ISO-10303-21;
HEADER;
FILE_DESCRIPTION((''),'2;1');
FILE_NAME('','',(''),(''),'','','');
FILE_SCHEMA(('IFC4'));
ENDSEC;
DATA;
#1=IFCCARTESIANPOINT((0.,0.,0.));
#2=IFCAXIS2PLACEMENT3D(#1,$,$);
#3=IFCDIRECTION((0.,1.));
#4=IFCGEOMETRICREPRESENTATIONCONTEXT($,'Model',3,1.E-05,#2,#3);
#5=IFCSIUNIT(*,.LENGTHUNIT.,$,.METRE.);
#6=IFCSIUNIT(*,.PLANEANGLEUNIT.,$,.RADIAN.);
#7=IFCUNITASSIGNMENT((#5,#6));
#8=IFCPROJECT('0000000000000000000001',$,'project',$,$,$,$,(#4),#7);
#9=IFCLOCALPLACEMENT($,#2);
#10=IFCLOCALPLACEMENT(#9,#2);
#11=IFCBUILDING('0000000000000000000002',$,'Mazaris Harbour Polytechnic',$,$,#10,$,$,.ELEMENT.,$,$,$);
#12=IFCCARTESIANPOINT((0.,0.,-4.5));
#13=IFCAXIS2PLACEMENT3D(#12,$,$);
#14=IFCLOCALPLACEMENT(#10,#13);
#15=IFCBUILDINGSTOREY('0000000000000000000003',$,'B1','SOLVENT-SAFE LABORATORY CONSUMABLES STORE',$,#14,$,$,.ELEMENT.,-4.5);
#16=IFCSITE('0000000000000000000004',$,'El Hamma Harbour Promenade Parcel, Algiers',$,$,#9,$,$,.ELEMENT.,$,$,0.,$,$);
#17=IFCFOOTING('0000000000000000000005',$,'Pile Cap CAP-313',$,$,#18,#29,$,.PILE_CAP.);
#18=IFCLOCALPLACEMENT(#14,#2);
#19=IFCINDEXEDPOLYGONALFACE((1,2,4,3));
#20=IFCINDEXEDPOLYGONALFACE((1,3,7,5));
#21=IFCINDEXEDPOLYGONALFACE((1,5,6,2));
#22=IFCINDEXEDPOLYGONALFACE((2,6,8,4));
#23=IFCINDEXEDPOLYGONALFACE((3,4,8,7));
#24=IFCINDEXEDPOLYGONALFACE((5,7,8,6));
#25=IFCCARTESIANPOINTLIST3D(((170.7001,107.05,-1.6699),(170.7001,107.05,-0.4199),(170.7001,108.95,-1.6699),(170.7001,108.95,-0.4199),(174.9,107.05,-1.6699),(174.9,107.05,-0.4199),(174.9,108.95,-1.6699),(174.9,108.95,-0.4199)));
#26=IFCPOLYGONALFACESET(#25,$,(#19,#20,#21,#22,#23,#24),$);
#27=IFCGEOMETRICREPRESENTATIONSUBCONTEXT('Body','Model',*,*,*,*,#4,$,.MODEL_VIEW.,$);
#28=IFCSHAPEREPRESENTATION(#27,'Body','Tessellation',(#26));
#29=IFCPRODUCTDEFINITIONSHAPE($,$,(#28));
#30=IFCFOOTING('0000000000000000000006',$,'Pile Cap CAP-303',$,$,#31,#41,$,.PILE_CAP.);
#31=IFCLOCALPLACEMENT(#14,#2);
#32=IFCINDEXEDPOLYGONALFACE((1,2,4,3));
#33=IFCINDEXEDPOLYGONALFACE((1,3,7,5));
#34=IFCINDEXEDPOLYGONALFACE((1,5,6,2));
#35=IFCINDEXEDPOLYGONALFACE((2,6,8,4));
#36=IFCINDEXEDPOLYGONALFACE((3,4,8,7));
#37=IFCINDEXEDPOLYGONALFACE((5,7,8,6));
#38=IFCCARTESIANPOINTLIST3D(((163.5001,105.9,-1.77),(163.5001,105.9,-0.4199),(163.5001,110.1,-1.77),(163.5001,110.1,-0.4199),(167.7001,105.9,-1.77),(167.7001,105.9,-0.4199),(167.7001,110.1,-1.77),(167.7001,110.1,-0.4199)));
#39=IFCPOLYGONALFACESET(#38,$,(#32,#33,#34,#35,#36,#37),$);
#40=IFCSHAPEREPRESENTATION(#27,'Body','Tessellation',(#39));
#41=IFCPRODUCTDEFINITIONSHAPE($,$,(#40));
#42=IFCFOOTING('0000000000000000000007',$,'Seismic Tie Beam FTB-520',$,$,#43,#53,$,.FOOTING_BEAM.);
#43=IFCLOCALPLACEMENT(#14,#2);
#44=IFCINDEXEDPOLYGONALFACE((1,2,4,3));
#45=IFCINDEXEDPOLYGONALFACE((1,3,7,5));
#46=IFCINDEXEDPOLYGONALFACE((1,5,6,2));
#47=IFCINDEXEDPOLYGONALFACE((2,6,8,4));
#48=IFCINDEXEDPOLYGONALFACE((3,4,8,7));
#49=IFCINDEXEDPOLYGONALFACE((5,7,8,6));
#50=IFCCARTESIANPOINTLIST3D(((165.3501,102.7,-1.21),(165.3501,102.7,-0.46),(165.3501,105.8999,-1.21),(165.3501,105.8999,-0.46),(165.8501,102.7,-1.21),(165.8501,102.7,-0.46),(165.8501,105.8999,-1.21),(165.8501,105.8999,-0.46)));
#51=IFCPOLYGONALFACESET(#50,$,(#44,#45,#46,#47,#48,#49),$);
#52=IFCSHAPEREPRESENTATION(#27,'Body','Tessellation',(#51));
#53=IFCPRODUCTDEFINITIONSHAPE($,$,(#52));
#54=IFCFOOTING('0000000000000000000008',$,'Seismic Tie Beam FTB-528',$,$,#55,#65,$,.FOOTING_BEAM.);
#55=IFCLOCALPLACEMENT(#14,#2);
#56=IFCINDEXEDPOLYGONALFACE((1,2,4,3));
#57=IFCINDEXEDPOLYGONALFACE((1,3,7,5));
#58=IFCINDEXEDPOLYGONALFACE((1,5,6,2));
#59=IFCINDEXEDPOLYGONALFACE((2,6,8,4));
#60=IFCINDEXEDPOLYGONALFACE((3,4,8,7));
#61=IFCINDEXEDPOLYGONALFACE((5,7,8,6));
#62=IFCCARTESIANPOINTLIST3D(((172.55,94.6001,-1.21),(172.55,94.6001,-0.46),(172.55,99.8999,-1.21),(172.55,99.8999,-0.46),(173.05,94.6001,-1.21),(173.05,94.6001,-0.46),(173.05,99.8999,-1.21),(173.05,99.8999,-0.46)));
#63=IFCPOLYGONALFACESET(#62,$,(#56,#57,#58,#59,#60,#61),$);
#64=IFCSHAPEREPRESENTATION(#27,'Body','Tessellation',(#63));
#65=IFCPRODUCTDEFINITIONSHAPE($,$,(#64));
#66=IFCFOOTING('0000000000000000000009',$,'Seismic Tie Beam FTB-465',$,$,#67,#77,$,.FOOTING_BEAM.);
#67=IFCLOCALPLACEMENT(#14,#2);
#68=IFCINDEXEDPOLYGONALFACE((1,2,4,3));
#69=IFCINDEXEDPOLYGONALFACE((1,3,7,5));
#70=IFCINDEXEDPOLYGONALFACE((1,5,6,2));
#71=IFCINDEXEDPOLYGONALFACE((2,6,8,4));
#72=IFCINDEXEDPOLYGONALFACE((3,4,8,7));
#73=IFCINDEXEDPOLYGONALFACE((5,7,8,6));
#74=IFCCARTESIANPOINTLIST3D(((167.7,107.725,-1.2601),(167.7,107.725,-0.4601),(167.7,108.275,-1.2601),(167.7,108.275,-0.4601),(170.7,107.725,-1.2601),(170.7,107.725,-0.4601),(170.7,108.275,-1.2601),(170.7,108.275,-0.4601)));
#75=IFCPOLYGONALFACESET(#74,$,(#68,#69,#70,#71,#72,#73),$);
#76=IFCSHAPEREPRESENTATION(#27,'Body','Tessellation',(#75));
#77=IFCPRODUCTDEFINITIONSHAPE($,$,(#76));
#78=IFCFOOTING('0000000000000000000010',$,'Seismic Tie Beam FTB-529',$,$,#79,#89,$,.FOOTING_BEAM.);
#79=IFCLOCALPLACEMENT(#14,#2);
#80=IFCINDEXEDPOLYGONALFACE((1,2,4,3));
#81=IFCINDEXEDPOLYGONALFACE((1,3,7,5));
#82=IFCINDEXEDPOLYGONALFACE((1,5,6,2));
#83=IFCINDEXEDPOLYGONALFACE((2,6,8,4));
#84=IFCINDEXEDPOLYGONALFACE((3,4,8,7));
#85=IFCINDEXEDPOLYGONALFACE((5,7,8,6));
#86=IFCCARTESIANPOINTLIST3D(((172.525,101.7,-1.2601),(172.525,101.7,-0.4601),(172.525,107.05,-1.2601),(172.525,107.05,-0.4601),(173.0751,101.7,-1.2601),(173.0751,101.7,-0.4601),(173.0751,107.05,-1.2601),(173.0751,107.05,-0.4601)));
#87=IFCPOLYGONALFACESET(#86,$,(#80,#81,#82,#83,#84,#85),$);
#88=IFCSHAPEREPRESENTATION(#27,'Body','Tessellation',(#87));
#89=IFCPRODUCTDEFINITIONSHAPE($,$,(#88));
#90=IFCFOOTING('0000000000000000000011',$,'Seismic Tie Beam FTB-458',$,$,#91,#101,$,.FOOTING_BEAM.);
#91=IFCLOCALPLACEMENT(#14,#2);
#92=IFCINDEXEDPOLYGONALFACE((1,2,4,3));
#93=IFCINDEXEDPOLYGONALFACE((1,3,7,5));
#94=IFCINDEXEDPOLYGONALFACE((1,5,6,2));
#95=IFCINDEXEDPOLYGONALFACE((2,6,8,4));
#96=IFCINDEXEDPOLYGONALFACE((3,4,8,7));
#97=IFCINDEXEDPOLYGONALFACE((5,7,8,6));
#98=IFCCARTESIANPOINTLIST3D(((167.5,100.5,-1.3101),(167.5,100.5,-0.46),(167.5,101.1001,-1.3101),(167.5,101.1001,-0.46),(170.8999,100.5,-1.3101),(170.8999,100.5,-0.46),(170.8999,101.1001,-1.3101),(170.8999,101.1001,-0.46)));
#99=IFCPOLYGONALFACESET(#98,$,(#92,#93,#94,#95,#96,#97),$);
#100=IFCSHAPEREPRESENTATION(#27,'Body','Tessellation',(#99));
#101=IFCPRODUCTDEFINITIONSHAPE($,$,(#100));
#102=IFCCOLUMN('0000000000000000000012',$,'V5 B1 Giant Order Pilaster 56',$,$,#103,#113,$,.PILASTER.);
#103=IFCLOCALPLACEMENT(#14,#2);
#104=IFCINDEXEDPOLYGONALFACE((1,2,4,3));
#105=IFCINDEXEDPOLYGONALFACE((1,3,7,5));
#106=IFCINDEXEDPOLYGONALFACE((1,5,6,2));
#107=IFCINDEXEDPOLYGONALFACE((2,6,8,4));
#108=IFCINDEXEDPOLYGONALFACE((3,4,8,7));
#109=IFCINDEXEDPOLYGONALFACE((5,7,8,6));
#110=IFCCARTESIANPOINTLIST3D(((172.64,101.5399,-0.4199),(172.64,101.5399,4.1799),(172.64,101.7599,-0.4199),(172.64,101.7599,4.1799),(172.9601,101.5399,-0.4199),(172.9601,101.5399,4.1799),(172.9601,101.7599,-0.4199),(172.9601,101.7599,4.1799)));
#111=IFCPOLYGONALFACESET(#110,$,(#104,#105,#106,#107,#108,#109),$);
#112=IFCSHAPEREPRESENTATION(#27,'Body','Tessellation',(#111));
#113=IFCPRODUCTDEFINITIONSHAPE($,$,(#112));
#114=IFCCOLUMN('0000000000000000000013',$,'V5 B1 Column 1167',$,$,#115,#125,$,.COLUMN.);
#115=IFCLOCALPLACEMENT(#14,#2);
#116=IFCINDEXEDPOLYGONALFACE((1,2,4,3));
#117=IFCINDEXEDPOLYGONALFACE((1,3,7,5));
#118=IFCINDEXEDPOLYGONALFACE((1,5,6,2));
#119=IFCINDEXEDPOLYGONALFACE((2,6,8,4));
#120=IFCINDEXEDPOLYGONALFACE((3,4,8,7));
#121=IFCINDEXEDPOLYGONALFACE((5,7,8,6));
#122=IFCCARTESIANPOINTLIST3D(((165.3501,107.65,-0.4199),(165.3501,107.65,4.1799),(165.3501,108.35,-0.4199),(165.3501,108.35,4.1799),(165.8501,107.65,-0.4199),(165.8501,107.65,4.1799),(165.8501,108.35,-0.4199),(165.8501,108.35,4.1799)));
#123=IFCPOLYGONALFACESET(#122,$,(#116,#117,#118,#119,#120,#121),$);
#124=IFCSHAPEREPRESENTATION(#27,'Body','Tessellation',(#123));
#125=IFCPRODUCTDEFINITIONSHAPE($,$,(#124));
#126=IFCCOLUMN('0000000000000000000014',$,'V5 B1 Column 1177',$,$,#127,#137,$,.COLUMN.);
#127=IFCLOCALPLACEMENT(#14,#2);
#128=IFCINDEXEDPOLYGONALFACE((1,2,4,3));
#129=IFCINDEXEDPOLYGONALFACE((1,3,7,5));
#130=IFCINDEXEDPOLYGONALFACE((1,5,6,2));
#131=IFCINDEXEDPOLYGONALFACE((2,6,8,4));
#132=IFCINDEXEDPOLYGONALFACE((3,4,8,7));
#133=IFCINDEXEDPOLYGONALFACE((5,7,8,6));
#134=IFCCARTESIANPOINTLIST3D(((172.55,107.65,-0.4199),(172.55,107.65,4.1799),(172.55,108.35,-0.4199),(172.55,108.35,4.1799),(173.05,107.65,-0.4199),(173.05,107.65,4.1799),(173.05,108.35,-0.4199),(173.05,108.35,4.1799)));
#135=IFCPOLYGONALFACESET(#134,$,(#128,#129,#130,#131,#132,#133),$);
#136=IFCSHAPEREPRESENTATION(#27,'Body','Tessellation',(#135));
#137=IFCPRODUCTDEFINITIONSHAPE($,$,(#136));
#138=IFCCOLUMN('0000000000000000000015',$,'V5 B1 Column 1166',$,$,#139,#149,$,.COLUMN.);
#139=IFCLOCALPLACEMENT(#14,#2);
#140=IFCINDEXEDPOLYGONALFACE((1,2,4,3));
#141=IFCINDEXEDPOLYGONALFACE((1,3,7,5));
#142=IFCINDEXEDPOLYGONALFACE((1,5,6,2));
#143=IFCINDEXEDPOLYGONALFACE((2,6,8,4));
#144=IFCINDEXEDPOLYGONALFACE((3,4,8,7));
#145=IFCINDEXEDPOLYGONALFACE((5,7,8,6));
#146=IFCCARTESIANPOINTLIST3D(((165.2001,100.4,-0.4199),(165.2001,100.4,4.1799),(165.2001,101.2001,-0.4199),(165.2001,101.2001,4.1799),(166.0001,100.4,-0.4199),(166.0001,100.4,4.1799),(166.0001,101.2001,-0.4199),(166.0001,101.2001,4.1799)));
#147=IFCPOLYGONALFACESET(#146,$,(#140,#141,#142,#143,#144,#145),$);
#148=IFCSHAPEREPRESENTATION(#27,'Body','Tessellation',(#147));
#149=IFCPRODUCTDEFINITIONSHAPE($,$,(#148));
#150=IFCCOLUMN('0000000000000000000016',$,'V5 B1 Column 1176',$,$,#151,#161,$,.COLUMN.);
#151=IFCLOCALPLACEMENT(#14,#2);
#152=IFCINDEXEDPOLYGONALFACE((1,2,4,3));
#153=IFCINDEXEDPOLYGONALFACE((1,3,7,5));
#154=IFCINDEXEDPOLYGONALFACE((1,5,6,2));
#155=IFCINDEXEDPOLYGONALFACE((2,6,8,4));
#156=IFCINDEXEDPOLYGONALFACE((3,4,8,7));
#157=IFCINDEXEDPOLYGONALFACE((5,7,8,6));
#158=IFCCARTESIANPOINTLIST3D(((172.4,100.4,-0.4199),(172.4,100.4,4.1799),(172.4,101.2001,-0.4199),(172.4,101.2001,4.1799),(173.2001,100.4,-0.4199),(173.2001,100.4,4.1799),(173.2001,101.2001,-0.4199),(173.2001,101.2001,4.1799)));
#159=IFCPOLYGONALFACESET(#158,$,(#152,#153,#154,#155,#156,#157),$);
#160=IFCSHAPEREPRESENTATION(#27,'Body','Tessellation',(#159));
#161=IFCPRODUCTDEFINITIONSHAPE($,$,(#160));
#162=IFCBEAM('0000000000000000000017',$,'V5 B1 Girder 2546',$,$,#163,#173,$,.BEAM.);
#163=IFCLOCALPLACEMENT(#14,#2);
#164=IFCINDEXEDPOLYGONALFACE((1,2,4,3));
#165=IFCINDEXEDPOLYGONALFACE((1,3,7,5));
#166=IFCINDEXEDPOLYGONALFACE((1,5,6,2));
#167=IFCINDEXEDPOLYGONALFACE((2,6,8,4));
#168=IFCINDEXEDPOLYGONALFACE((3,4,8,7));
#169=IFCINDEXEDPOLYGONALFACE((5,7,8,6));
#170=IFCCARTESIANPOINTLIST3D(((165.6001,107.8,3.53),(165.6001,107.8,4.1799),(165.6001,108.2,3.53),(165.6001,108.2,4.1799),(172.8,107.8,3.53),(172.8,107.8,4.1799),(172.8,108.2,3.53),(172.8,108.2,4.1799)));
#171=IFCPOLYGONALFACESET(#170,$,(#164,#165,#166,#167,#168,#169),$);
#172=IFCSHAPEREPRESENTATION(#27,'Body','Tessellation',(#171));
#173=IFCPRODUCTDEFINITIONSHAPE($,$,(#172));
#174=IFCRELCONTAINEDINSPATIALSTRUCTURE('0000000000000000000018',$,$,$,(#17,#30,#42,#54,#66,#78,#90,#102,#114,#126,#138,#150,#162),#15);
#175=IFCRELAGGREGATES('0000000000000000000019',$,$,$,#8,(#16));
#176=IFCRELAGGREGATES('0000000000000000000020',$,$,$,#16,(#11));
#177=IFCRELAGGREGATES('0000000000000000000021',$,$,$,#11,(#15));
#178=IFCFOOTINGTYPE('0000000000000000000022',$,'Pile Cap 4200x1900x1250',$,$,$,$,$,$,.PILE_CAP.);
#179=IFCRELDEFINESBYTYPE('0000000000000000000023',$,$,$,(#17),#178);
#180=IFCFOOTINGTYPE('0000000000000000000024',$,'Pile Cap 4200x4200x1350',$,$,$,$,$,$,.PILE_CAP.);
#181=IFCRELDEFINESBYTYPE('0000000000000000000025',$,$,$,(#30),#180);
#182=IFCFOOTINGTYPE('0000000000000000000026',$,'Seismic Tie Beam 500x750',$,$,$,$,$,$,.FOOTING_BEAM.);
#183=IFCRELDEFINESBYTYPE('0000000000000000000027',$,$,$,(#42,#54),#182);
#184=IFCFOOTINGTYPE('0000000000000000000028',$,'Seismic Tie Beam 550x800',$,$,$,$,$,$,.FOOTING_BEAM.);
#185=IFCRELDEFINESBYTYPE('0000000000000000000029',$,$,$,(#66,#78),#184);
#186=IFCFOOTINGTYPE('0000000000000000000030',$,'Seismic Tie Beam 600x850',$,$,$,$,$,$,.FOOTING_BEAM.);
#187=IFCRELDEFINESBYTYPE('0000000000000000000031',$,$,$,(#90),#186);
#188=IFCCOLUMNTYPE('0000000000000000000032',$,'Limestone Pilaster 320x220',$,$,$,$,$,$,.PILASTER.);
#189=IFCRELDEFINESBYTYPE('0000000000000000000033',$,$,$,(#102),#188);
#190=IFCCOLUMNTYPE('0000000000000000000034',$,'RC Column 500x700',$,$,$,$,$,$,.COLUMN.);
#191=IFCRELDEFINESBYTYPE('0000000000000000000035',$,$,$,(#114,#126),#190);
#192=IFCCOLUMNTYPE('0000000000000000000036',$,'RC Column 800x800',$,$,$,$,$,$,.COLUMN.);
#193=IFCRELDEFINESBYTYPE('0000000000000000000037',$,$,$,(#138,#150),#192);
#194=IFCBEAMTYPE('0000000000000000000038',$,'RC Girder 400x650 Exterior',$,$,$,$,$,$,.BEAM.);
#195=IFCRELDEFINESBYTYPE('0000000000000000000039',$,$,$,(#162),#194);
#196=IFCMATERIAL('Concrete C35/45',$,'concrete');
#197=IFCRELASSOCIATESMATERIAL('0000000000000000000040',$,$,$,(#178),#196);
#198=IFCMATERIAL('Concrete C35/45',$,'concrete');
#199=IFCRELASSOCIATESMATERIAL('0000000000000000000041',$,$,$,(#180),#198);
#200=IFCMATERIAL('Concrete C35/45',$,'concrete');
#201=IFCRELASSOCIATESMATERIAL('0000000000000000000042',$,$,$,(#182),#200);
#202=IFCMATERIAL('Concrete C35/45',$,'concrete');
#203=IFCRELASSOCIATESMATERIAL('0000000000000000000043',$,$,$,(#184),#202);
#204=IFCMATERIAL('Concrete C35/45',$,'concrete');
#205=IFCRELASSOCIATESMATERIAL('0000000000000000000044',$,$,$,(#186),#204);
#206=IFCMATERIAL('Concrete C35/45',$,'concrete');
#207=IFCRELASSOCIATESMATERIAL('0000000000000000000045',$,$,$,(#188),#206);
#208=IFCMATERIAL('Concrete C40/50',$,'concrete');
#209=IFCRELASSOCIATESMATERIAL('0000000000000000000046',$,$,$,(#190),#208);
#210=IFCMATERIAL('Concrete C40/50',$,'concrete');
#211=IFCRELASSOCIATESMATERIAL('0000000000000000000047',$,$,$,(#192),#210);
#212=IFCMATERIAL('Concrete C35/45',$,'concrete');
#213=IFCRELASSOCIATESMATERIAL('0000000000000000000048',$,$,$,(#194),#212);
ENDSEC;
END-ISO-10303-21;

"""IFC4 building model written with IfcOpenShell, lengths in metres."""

from ifc_helpers import new_model, si_unit, direction, frame, origin, origin_2d, place, context, subcontext, project, spatial, rectangle, extrude, material, material_profile, profile_set, type_object, element, save


model = new_model("IFC4")

# Units and contexts
model_context = context("Model", 3, precision=1e-05, world=origin(), true_north=direction((0.0, 1.0)))
body_context = subcontext(model_context, "Body", "Model", "MODEL_VIEW")
ifc_project = project(units=[si_unit("LENGTHUNIT", "METRE"), si_unit("PLANEANGLEUNIT", "RADIAN")], contexts=[model_context])

# Site, building, storey
site_placement = place(None, origin())
site = spatial("IfcSite", under=ifc_project, at=site_placement, Name="El Hamma Harbour Promenade Parcel, Algiers", CompositionType="ELEMENT", RefElevation=0.0)
building_placement = place(site_placement, origin())
building = spatial("IfcBuilding", under=site, at=building_placement, Name="Mazaris Harbour Polytechnic", CompositionType="ELEMENT")
storey_placement = place(building_placement, frame((0.0, 0.0, -4.5)))
storey = spatial("IfcBuildingStorey", under=building, at=storey_placement, Name="B1", Description="SOLVENT-SAFE LABORATORY CONSUMABLES STORE", CompositionType="ELEMENT", Elevation=-4.5)

# Footings
ifc_material_1 = material(Name="Concrete C35/45", Category="concrete")
footing_type_1 = type_object("IfcFootingType", Name="Pile Cap 4200x1900x1250", PredefinedType="PILE_CAP", material=ifc_material_1)
footing_1_placement = place(storey_placement, frame((172.8, 108.0, -1.6699), z_axis=(0.0, 0.0, 1.0), x_axis=(1.0, 0.0, 0.0)))
element("IfcFooting", 1, at=footing_1_placement, inside=storey, type_object=footing_type_1, Name="Pile Cap CAP-313", PredefinedType="PILE_CAP", context=body_context, shape_type="SweptSolid", body=[
    extrude(rectangle(XDim=4.2, YDim=1.8999, at=origin_2d()), origin(), (0.0, 0.0, 1.0), 1.25),
])
ifc_material_2 = material(Name="Concrete C35/45", Category="concrete")
footing_type_2 = type_object("IfcFootingType", Name="Pile Cap 4200x4200x1350", PredefinedType="PILE_CAP", material=ifc_material_2)
footing_2_placement = place(storey_placement, frame((165.6001, 108.0, -1.77), z_axis=(0.0, 0.0, 1.0), x_axis=(1.0, 0.0, 0.0)))
element("IfcFooting", 2, at=footing_2_placement, inside=storey, type_object=footing_type_2, Name="Pile Cap CAP-303", PredefinedType="PILE_CAP", context=body_context, shape_type="SweptSolid", body=[
    extrude(rectangle(XDim=4.2, YDim=4.2, at=origin_2d()), origin(), (0.0, 0.0, 1.0), 1.3501),
])
ifc_material_3 = material(Name="Concrete C35/45", Category="concrete")
ifc_material_profile_1 = material_profile(ifc_material_3, rectangle(XDim=0.5, YDim=0.75, at=origin_2d()), Name="RECT500x750")
ifc_profile_set_1 = profile_set([ifc_material_profile_1], Name="Concrete C35/45")
footing_type_3 = type_object("IfcFootingType", Name="Seismic Tie Beam 500x750", PredefinedType="FOOTING_BEAM", material=ifc_profile_set_1)
footing_3_placement = place(storey_placement, frame((165.6001, 102.7, -0.835), z_axis=(0.0, 1.0, 0.0), x_axis=(-1.0, 0.0, 0.0)))
element("IfcFooting", 3, at=footing_3_placement, inside=storey, type_object=footing_type_3, Name="Seismic Tie Beam FTB-520", PredefinedType="FOOTING_BEAM", context=body_context, shape_type="SweptSolid", body=[
    extrude(rectangle(XDim=0.5, YDim=0.75, at=origin_2d()), origin(), (0.0, 0.0, 1.0), 3.2),
])
footing_4_placement = place(storey_placement, frame((172.8, 94.6001, -0.835), z_axis=(0.0, 1.0, 0.0), x_axis=(-1.0, 0.0, 0.0)))
element("IfcFooting", 4, at=footing_4_placement, inside=storey, type_object=footing_type_3, Name="Seismic Tie Beam FTB-528", PredefinedType="FOOTING_BEAM", context=body_context, shape_type="SweptSolid", body=[
    extrude(rectangle(XDim=0.5, YDim=0.75, at=origin_2d()), origin(), (0.0, 0.0, 1.0), 5.2998),
])
ifc_material_4 = material(Name="Concrete C35/45", Category="concrete")
ifc_material_profile_2 = material_profile(ifc_material_4, rectangle(XDim=0.55, YDim=0.8, at=origin_2d()), Name="RECT550x800")
ifc_profile_set_2 = profile_set([ifc_material_profile_2], Name="Concrete C35/45")
footing_type_4 = type_object("IfcFootingType", Name="Seismic Tie Beam 550x800", PredefinedType="FOOTING_BEAM", material=ifc_profile_set_2)
footing_5_placement = place(storey_placement, frame((167.7, 108.0, -0.8601), z_axis=(1.0, 0.0, 0.0), x_axis=(0.0, 1.0, 0.0)))
element("IfcFooting", 5, at=footing_5_placement, inside=storey, type_object=footing_type_4, Name="Seismic Tie Beam FTB-465", PredefinedType="FOOTING_BEAM", context=body_context, shape_type="SweptSolid", body=[
    extrude(rectangle(XDim=0.55, YDim=0.8, at=origin_2d()), origin(), (0.0, 0.0, 1.0), 3.0),
])
footing_6_placement = place(storey_placement, frame((172.8, 101.7, -0.8601), z_axis=(0.0, 1.0, 0.0), x_axis=(-1.0, 0.0, 0.0)))
element("IfcFooting", 6, at=footing_6_placement, inside=storey, type_object=footing_type_4, Name="Seismic Tie Beam FTB-529", PredefinedType="FOOTING_BEAM", context=body_context, shape_type="SweptSolid", body=[
    extrude(rectangle(XDim=0.55, YDim=0.8, at=origin_2d()), origin(), (0.0, 0.0, 1.0), 5.3501),
])
ifc_material_5 = material(Name="Concrete C35/45", Category="concrete")
ifc_material_profile_3 = material_profile(ifc_material_5, rectangle(XDim=0.6001, YDim=0.8501, at=origin_2d()), Name="RECT600x850")
ifc_profile_set_3 = profile_set([ifc_material_profile_3], Name="Concrete C35/45")
footing_type_5 = type_object("IfcFootingType", Name="Seismic Tie Beam 600x850", PredefinedType="FOOTING_BEAM", material=ifc_profile_set_3)
footing_7_placement = place(storey_placement, frame((167.5, 100.8, -0.885), z_axis=(1.0, 0.0, 0.0), x_axis=(0.0, 1.0, 0.0)))
element("IfcFooting", 7, at=footing_7_placement, inside=storey, type_object=footing_type_5, Name="Seismic Tie Beam FTB-458", PredefinedType="FOOTING_BEAM", context=body_context, shape_type="SweptSolid", body=[
    extrude(rectangle(XDim=0.6001, YDim=0.8501, at=origin_2d()), origin(), (0.0, 0.0, 1.0), 3.3999),
])

# Columns
ifc_material_6 = material(Name="Concrete C35/45", Category="concrete")
ifc_material_profile_4 = material_profile(ifc_material_6, rectangle(XDim=0.3201, YDim=0.22, at=origin_2d()), Name="RECT320x220")
ifc_profile_set_4 = profile_set([ifc_material_profile_4], Name="Concrete C35/45")
column_type_1 = type_object("IfcColumnType", Name="Limestone Pilaster 320x220", PredefinedType="PILASTER", material=ifc_profile_set_4)
column_placement = place(storey_placement, frame((172.8, 101.6499, -0.4199), z_axis=(0.0, 0.0, 1.0), x_axis=(1.0, 0.0, 0.0)))
element("IfcColumn", 8, at=column_placement, inside=storey, type_object=column_type_1, Name="V5 B1 Giant Order Pilaster 56", PredefinedType="PILASTER", context=body_context, shape_type="SweptSolid", body=[
    extrude(rectangle(XDim=0.3201, YDim=0.22, at=origin_2d()), origin(), (0.0, 0.0, 1.0), 4.5999),
])
ifc_material_7 = material(Name="Concrete C40/50", Category="concrete")
ifc_material_profile_5 = material_profile(ifc_material_7, rectangle(XDim=0.5, YDim=0.7, at=origin_2d()), Name="RECT500x700")
ifc_profile_set_5 = profile_set([ifc_material_profile_5], Name="Concrete C40/50")
column_type_2 = type_object("IfcColumnType", Name="RC Column 500x700", PredefinedType="COLUMN", material=ifc_profile_set_5)
for number, where, z_axis, x_axis, name in (
    (9, (165.6001, 108.0, -0.4199), (0.0, 0.0, 1.0), (1.0, 0.0, 0.0), "V5 B1 Column 1167"),
    (10, (172.8, 108.0, -0.4199), (0.0, 0.0, 1.0), (1.0, 0.0, 0.0), "V5 B1 Column 1177"),
):
    element("IfcColumn", number, at=place(storey_placement, frame(where, z_axis=z_axis, x_axis=x_axis)), inside=storey, type_object=column_type_2, Name=name, PredefinedType="COLUMN", context=body_context, shape_type="SweptSolid", body=[
        extrude(rectangle(XDim=0.5, YDim=0.7, at=origin_2d()), origin(), (0.0, 0.0, 1.0), 4.5999),
    ])
ifc_material_8 = material(Name="Concrete C40/50", Category="concrete")
ifc_material_profile_6 = material_profile(ifc_material_8, rectangle(XDim=0.8, YDim=0.8, at=origin_2d()), Name="RECT800x800")
ifc_profile_set_6 = profile_set([ifc_material_profile_6], Name="Concrete C40/50")
column_type_3 = type_object("IfcColumnType", Name="RC Column 800x800", PredefinedType="COLUMN", material=ifc_profile_set_6)
for number, where, z_axis, x_axis, name in (
    (11, (165.6001, 100.8, -0.4199), (0.0, 0.0, 1.0), (1.0, 0.0, 0.0), "V5 B1 Column 1166"),
    (12, (172.8, 100.8, -0.4199), (0.0, 0.0, 1.0), (1.0, 0.0, 0.0), "V5 B1 Column 1176"),
):
    element("IfcColumn", number, at=place(storey_placement, frame(where, z_axis=z_axis, x_axis=x_axis)), inside=storey, type_object=column_type_3, Name=name, PredefinedType="COLUMN", context=body_context, shape_type="SweptSolid", body=[
        extrude(rectangle(XDim=0.8, YDim=0.8, at=origin_2d()), origin(), (0.0, 0.0, 1.0), 4.5999),
    ])

# Beam
ifc_material_9 = material(Name="Concrete C35/45", Category="concrete")
ifc_material_profile_7 = material_profile(ifc_material_9, rectangle(XDim=0.3999, YDim=0.6499, at=origin_2d()), Name="RECT400x650")
ifc_profile_set_7 = profile_set([ifc_material_profile_7], Name="Concrete C35/45")
beam_type_1 = type_object("IfcBeamType", Name="RC Girder 400x650 Exterior", PredefinedType="BEAM", material=ifc_profile_set_7)
beam_1_placement = place(storey_placement, frame((165.6001, 108.0, 3.855), z_axis=(1.0, 0.0, 0.0), x_axis=(0.0, 1.0, 0.0)))
element("IfcBeam", 13, at=beam_1_placement, inside=storey, type_object=beam_type_1, Name="V5 B1 Girder 2546", PredefinedType="BEAM", context=body_context, shape_type="SweptSolid", body=[
    extrude(rectangle(XDim=0.3999, YDim=0.6499, at=origin_2d()), origin(), (0.0, 0.0, 1.0), 7.2),
])

save(model, "model.ifc")
